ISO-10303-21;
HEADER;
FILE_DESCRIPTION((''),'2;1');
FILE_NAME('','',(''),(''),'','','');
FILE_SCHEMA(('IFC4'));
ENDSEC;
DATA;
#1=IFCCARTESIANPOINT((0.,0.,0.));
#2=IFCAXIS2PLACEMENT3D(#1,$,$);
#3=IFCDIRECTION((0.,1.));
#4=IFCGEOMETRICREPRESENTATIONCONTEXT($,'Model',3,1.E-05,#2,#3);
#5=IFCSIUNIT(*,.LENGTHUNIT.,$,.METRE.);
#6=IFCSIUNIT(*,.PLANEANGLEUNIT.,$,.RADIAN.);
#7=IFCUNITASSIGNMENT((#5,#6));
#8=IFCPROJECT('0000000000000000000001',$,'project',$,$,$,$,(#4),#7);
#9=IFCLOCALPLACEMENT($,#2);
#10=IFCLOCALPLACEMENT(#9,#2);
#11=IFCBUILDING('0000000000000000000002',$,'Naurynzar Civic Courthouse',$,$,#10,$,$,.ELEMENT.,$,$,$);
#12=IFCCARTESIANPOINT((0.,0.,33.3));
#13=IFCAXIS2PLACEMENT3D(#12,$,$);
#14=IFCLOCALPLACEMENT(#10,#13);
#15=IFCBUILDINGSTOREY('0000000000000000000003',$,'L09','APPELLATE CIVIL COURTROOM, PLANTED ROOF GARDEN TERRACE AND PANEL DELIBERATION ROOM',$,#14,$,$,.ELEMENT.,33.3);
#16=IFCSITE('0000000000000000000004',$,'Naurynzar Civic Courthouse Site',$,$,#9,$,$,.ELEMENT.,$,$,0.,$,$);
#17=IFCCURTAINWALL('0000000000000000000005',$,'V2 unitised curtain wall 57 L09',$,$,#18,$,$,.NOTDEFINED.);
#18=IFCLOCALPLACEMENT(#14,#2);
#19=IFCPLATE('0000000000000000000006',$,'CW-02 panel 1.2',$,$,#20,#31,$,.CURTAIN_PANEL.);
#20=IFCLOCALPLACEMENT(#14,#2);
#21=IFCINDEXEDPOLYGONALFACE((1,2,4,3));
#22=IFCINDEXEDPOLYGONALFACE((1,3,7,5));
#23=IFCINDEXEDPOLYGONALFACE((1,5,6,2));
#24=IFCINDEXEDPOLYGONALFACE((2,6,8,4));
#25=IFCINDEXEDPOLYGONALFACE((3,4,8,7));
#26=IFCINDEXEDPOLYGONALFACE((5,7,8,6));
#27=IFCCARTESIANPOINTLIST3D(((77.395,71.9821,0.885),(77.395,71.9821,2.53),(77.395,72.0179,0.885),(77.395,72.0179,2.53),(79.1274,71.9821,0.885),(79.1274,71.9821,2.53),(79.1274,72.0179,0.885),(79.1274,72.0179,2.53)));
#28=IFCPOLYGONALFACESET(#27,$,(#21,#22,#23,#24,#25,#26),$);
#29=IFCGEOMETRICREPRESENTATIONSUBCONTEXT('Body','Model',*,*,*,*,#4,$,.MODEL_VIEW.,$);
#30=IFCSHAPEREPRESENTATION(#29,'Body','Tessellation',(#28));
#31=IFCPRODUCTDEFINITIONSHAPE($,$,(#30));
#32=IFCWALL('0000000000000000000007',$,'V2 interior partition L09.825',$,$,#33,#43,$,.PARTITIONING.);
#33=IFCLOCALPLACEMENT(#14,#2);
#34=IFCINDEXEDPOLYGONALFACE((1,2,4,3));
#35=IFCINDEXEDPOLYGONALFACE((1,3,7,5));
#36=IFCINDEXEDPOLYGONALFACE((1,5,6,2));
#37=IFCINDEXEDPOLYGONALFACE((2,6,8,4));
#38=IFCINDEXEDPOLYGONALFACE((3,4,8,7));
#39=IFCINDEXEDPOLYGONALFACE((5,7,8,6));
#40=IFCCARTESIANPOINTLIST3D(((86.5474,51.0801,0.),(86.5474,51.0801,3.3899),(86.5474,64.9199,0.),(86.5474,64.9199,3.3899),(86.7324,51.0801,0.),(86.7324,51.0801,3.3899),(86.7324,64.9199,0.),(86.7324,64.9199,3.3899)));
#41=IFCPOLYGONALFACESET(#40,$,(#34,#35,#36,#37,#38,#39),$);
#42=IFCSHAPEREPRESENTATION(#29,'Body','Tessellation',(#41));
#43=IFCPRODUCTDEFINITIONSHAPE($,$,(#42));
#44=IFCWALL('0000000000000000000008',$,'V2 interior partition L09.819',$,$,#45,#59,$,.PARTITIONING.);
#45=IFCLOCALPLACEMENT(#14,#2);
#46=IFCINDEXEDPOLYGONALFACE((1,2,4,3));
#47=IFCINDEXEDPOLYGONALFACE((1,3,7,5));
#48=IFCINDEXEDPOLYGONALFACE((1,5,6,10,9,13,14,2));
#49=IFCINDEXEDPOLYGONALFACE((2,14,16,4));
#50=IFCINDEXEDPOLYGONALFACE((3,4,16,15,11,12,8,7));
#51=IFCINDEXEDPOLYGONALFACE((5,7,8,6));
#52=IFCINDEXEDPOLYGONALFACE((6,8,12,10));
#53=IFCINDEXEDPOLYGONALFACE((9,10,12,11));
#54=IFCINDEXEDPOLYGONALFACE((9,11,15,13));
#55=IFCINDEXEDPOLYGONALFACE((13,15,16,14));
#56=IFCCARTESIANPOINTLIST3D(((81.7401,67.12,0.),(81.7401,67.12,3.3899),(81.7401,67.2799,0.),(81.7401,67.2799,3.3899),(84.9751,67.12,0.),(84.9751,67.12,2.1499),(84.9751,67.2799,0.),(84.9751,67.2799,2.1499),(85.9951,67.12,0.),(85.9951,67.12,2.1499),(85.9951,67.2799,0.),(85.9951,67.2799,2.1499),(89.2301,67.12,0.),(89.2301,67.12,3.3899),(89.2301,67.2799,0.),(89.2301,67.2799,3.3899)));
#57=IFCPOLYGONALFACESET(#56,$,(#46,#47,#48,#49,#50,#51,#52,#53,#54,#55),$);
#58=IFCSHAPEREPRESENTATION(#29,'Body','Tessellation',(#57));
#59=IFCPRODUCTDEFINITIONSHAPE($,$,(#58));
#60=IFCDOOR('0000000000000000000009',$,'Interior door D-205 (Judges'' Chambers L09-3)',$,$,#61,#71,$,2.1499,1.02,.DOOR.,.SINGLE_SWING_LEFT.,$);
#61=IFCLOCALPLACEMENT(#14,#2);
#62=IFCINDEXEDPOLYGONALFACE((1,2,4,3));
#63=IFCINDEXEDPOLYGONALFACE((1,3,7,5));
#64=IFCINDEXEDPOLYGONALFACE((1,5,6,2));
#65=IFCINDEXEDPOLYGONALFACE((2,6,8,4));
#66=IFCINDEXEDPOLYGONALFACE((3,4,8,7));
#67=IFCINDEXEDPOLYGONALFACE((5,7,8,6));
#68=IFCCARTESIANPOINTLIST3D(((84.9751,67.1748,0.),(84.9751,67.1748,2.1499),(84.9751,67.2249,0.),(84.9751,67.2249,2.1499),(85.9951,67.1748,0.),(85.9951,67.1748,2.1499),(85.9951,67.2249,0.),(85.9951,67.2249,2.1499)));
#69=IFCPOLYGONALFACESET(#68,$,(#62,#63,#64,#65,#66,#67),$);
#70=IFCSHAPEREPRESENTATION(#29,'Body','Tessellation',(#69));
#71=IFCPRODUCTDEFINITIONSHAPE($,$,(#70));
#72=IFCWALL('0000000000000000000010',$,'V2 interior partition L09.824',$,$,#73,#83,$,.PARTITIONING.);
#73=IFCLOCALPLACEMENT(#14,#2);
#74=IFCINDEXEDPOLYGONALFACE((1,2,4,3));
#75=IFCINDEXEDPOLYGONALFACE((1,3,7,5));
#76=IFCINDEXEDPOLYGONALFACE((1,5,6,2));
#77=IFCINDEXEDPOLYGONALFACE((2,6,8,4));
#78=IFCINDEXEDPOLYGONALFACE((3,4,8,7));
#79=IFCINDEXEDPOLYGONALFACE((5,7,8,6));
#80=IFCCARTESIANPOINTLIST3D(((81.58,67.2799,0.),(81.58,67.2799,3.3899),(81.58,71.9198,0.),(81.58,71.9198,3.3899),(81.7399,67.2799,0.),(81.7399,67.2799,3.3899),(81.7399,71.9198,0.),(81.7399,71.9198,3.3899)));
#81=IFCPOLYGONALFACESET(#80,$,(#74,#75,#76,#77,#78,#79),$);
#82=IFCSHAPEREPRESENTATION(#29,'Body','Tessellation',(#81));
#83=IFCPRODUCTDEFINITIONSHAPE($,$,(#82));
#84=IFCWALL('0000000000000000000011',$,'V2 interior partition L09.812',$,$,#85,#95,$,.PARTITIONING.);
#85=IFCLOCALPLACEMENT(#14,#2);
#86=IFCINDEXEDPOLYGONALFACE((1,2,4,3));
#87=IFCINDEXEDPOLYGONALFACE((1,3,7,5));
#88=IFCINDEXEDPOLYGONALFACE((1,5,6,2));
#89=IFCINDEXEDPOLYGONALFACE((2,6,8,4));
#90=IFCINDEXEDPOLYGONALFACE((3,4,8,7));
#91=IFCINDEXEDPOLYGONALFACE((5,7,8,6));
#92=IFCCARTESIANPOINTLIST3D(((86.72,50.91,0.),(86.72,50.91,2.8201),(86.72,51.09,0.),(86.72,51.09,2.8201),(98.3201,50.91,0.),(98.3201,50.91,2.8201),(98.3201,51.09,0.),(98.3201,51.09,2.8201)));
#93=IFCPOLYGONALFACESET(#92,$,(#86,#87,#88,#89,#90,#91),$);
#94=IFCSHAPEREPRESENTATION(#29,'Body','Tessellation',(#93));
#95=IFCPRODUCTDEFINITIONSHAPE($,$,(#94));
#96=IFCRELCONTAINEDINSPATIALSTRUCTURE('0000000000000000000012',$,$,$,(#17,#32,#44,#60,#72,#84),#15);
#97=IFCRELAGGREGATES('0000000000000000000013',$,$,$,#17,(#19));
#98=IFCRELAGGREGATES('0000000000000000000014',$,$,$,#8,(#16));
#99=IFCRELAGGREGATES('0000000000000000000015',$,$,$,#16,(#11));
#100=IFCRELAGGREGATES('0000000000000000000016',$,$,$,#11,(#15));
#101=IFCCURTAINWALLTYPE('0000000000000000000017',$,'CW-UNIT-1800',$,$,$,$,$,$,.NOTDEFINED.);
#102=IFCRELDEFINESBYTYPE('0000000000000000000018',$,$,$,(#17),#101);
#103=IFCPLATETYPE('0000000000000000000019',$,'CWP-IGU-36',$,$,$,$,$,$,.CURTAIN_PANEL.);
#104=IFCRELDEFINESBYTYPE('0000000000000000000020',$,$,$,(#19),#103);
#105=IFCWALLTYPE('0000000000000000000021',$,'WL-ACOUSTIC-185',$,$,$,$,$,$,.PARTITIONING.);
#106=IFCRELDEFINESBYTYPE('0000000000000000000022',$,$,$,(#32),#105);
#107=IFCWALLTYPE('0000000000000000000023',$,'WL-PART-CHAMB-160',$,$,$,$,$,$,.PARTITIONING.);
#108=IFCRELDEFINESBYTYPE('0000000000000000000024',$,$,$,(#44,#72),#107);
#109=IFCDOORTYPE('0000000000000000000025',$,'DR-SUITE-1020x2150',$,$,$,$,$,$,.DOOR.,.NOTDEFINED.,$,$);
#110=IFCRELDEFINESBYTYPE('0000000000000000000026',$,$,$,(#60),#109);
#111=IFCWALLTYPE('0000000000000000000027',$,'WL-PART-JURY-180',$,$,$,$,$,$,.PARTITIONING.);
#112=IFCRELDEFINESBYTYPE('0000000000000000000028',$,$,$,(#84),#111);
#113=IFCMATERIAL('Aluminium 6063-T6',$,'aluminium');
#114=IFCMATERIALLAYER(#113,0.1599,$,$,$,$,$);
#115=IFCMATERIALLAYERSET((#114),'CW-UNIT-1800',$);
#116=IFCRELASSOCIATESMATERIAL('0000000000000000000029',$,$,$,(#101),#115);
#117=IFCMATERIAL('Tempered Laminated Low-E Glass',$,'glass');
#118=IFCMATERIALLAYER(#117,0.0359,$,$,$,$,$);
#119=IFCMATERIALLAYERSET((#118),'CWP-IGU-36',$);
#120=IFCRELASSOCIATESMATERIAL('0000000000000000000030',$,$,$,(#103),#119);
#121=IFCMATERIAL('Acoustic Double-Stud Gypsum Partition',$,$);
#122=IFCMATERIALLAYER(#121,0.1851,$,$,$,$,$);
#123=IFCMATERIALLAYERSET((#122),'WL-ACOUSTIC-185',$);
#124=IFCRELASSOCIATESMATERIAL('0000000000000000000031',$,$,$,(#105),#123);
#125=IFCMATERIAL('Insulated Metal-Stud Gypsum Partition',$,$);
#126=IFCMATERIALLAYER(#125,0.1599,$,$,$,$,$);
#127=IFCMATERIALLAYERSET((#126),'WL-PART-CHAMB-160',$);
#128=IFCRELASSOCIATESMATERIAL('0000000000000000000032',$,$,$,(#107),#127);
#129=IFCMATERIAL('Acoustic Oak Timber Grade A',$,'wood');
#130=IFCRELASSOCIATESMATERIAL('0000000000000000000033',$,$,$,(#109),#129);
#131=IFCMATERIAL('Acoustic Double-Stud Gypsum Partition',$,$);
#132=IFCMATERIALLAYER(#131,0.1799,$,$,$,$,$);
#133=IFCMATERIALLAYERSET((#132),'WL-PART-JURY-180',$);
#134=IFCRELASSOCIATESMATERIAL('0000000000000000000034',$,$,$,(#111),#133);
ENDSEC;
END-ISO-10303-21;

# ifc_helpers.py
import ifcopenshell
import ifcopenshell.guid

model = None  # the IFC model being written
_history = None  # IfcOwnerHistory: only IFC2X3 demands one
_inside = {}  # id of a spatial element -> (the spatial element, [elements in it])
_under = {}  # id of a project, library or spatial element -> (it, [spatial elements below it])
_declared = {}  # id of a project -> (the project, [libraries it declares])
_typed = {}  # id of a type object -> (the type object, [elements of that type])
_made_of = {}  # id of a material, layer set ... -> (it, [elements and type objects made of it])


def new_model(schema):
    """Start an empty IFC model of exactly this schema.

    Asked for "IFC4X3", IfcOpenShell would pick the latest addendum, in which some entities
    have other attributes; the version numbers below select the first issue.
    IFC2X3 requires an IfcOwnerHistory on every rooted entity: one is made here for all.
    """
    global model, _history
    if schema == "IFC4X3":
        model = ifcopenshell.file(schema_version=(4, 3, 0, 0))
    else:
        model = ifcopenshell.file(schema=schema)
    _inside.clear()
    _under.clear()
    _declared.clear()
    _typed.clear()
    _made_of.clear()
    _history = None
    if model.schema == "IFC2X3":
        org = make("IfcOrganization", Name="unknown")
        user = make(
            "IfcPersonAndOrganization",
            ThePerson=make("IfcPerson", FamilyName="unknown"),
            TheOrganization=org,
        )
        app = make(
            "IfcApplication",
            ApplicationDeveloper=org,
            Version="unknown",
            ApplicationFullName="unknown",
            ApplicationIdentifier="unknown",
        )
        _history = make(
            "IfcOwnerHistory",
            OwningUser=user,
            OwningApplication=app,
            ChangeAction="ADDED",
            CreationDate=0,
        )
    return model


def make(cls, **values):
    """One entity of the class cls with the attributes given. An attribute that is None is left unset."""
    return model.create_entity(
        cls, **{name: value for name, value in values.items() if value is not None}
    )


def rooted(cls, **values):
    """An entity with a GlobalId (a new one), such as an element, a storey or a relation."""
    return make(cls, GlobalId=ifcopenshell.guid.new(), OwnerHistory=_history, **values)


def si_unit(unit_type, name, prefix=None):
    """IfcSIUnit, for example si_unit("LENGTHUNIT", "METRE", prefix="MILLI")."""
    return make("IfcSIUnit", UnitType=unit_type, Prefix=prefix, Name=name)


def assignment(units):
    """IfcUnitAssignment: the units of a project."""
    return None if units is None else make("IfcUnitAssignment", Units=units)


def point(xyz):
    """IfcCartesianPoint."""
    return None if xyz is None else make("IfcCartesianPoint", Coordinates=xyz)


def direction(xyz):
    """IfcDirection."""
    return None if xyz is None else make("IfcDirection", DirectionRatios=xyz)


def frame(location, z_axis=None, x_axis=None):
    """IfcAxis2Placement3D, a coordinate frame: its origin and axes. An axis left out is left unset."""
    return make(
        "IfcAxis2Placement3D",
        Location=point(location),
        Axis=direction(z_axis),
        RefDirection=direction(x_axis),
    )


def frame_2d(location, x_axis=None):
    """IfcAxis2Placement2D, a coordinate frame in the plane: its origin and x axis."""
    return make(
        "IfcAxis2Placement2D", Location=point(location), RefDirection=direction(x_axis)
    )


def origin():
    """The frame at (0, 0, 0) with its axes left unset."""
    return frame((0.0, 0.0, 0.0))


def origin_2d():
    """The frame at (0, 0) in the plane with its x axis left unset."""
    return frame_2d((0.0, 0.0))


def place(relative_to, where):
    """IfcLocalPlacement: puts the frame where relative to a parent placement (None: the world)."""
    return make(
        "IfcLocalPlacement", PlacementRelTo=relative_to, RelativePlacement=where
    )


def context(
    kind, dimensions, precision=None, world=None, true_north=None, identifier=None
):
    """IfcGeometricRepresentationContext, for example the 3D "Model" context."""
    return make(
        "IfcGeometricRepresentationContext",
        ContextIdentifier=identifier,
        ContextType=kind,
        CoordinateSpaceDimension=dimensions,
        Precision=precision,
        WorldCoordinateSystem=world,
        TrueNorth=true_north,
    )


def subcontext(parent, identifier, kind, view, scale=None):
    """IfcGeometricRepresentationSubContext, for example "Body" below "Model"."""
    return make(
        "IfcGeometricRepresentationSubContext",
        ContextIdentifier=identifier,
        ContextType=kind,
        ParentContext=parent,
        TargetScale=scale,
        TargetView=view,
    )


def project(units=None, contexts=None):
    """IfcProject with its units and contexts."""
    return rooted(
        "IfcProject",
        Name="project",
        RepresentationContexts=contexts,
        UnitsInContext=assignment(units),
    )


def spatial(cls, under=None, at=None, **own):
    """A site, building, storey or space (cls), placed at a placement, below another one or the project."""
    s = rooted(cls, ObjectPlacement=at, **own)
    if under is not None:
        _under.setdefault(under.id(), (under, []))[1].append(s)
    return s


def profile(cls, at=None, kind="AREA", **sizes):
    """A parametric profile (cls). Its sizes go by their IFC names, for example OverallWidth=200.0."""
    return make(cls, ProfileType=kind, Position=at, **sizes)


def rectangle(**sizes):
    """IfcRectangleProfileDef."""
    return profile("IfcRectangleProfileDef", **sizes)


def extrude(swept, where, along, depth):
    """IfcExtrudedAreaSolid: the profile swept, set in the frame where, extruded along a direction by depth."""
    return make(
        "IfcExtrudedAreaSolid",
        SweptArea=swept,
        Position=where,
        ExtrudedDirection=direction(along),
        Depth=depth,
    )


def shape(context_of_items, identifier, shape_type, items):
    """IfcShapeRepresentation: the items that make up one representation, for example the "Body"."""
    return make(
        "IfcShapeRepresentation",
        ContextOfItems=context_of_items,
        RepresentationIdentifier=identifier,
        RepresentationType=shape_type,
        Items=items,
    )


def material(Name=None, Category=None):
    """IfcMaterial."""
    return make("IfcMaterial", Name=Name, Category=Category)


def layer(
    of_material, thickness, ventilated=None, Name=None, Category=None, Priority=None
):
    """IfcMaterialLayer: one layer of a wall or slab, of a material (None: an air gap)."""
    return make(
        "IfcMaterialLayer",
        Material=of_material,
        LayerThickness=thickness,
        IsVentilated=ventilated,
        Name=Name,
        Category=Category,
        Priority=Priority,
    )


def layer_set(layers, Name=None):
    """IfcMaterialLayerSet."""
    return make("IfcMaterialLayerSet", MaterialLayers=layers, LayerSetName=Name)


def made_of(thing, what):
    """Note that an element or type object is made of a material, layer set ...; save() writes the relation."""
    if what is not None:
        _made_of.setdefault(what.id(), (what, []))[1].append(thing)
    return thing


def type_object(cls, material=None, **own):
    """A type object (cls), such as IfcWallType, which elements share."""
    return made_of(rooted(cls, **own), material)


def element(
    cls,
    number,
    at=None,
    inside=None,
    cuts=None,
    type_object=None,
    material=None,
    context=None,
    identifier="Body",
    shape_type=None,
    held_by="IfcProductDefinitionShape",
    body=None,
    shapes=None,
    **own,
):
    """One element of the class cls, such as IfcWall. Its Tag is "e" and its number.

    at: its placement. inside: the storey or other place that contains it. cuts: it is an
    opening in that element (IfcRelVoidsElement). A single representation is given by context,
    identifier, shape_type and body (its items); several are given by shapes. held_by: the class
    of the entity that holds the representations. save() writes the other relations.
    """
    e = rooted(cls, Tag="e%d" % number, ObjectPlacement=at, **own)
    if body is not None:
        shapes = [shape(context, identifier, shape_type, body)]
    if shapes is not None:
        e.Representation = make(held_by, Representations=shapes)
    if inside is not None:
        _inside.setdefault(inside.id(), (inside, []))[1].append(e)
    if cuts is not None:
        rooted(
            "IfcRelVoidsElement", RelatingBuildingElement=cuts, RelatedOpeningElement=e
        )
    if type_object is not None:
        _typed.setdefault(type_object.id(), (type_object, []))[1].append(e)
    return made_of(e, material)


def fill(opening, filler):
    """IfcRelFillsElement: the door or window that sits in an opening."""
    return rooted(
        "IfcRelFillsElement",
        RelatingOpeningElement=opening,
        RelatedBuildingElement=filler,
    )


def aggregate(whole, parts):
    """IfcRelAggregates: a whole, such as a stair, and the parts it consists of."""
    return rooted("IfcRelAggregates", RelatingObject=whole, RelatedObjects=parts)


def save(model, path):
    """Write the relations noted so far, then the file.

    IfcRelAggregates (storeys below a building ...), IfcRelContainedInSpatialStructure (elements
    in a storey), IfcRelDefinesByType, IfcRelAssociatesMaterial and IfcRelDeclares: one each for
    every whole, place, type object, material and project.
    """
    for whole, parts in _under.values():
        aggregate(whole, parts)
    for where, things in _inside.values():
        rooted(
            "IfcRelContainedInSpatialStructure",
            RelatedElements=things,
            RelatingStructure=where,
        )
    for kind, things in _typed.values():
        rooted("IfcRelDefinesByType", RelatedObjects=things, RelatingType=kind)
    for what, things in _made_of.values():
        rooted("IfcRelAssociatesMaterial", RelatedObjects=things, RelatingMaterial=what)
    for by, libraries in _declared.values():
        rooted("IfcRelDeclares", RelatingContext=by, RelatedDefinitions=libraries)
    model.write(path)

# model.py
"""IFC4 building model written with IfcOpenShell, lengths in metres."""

from ifc_helpers import new_model, si_unit, direction, frame, frame_2d, origin, origin_2d, place, context, subcontext, project, spatial, rectangle, extrude, material, layer, layer_set, type_object, element, fill, aggregate, save


model = new_model("IFC4")

# Units and contexts
model_context = context("Model", 3, precision=1e-05, world=origin(), true_north=direction((0.0, 1.0)))
body_context = subcontext(model_context, "Body", "Model", "MODEL_VIEW")
ifc_project = project(units=[si_unit("LENGTHUNIT", "METRE"), si_unit("PLANEANGLEUNIT", "RADIAN")], contexts=[model_context])

# Site, building, storey
site_placement = place(None, origin())
site = spatial("IfcSite", under=ifc_project, at=site_placement, Name="Naurynzar Civic Courthouse Site", CompositionType="ELEMENT", RefElevation=0.0)
building_placement = place(site_placement, origin())
building = spatial("IfcBuilding", under=site, at=building_placement, Name="Naurynzar Civic Courthouse", CompositionType="ELEMENT")
storey_placement = place(building_placement, frame((0.0, 0.0, 33.3)))
storey = spatial("IfcBuildingStorey", under=building, at=storey_placement, Name="L09", Description="APPELLATE CIVIL COURTROOM, PLANTED ROOF GARDEN TERRACE AND PANEL DELIBERATION ROOM", CompositionType="ELEMENT", Elevation=33.3)

# Curtain wall, plate
ifc_material_1 = material(Name="Aluminium 6063-T6", Category="aluminium")
ifc_layer_1 = layer(ifc_material_1, 0.1599)
ifc_layer_set_1 = layer_set([ifc_layer_1], Name="CW-UNIT-1800")
curtain_wall_type = type_object("IfcCurtainWallType", Name="CW-UNIT-1800", PredefinedType="NOTDEFINED", material=ifc_layer_set_1)
curtain_wall_placement = place(storey_placement, origin())
curtain_wall = element("IfcCurtainWall", 1, at=curtain_wall_placement, inside=storey, type_object=curtain_wall_type, Name="V2 unitised curtain wall 57 L09", PredefinedType="NOTDEFINED")
ifc_material_2 = material(Name="Tempered Laminated Low-E Glass", Category="glass")
ifc_layer_2 = layer(ifc_material_2, 0.0359)
ifc_layer_set_2 = layer_set([ifc_layer_2], Name="CWP-IGU-36")
plate_type = type_object("IfcPlateType", Name="CWP-IGU-36", PredefinedType="CURTAIN_PANEL", material=ifc_layer_set_2)
plate_placement = place(storey_placement, frame((78.2612, 72.0, 0.885), z_axis=(0.0, 0.0, 1.0), x_axis=(1.0, 0.0, 0.0)))
plate = element("IfcPlate", 2, at=plate_placement, type_object=plate_type, Name="CW-02 panel 1.2", PredefinedType="CURTAIN_PANEL", context=body_context, shape_type="SweptSolid", body=[
    extrude(rectangle(XDim=1.7324, YDim=0.0359, at=origin_2d()), origin(), (0.0, 0.0, 1.0), 1.645),
])
aggregate(curtain_wall, [plate])

# Wall
ifc_material_3 = material(Name="Acoustic Double-Stud Gypsum Partition")
ifc_layer_3 = layer(ifc_material_3, 0.1851)
ifc_layer_set_3 = layer_set([ifc_layer_3], Name="WL-ACOUSTIC-185")
wall_type_1 = type_object("IfcWallType", Name="WL-ACOUSTIC-185", PredefinedType="PARTITIONING", material=ifc_layer_set_3)
wall_1_placement = place(storey_placement, frame((86.6399, 51.0801, 0.0), z_axis=(0.0, 0.0, 1.0), x_axis=(0.0, 1.0, 0.0)))
element("IfcWall", 3, at=wall_1_placement, inside=storey, type_object=wall_type_1, Name="V2 interior partition L09.825", PredefinedType="PARTITIONING", context=body_context, shape_type="SweptSolid", body=[
    extrude(rectangle(XDim=13.8398, YDim=0.1851, at=frame_2d((6.9199, 0.0))), origin(), (0.0, 0.0, 1.0), 3.3899),
])

# Wall, opening, door
ifc_material_4 = material(Name="Insulated Metal-Stud Gypsum Partition")
ifc_layer_4 = layer(ifc_material_4, 0.1599)
ifc_layer_set_4 = layer_set([ifc_layer_4], Name="WL-PART-CHAMB-160")
wall_type_2 = type_object("IfcWallType", Name="WL-PART-CHAMB-160", PredefinedType="PARTITIONING", material=ifc_layer_set_4)
wall_2_placement = place(storey_placement, frame((81.74, 67.2, 0.0), z_axis=(0.0, 0.0, 1.0), x_axis=(1.0, 0.0, 0.0)))
wall_2 = element("IfcWall", 4, at=wall_2_placement, inside=storey, type_object=wall_type_2, Name="V2 interior partition L09.819", PredefinedType="PARTITIONING", context=body_context, shape_type="SweptSolid", body=[
    extrude(rectangle(XDim=7.49, YDim=0.1599, at=frame_2d((3.7451, 0.0))), origin(), (0.0, 0.0, 1.0), 3.3899),
])
opening_placement = place(wall_2_placement, frame((3.2351, 0.0, 0.0)))
opening = element("IfcOpeningElement", 5, at=opening_placement, cuts=wall_2, PredefinedType="OPENING", context=body_context, shape_type="SweptSolid", body=[
    extrude(rectangle(XDim=1.02, YDim=2.1499, at=frame_2d((0.51, 1.075))), frame((0.0, 0.0898, 0.0), z_axis=(0.0, -1.0, 0.0), x_axis=(1.0, 0.0, 0.0)), (0.0, 0.0, 1.0), 0.1799),
])
ifc_material_5 = material(Name="Acoustic Oak Timber Grade A", Category="wood")
door_type = type_object("IfcDoorType", Name="DR-SUITE-1020x2150", OperationType="NOTDEFINED", PredefinedType="DOOR", material=ifc_material_5)
door_placement = place(opening_placement, origin())
door = element("IfcDoor", 6, at=door_placement, inside=storey, type_object=door_type, Name="Interior door D-205 (Judges' Chambers L09-3)", OperationType="SINGLE_SWING_LEFT", OverallHeight=2.1499, OverallWidth=1.02, PredefinedType="DOOR", context=body_context, shape_type="SweptSolid", body=[
    extrude(rectangle(XDim=1.02, YDim=2.1499, at=frame_2d((0.51, 1.075))), frame((0.0, 0.0249, 0.0), z_axis=(0.0, -1.0, 0.0), x_axis=(1.0, 0.0, 0.0)), (0.0, 0.0, 1.0), 0.05),
])
fill(opening, door)

# Walls
wall_3_placement = place(storey_placement, frame((81.6599, 67.28, 0.0), z_axis=(0.0, 0.0, 1.0), x_axis=(0.0, 1.0, 0.0)))
element("IfcWall", 7, at=wall_3_placement, inside=storey, type_object=wall_type_2, Name="V2 interior partition L09.824", PredefinedType="PARTITIONING", context=body_context, shape_type="SweptSolid", body=[
    extrude(rectangle(XDim=4.6399, YDim=0.1599, at=frame_2d((2.3198, 0.0))), origin(), (0.0, 0.0, 1.0), 3.3899),
])
ifc_material_6 = material(Name="Acoustic Double-Stud Gypsum Partition")
ifc_layer_5 = layer(ifc_material_6, 0.1799)
ifc_layer_set_5 = layer_set([ifc_layer_5], Name="WL-PART-JURY-180")
wall_type_3 = type_object("IfcWallType", Name="WL-PART-JURY-180", PredefinedType="PARTITIONING", material=ifc_layer_set_5)
wall_4_placement = place(storey_placement, frame((86.72, 51.0, 0.0), z_axis=(0.0, 0.0, 1.0), x_axis=(1.0, 0.0, 0.0)))
element("IfcWall", 8, at=wall_4_placement, inside=storey, type_object=wall_type_3, Name="V2 interior partition L09.812", PredefinedType="PARTITIONING", context=body_context, shape_type="SweptSolid", body=[
    extrude(rectangle(XDim=11.6001, YDim=0.1799, at=frame_2d((5.8, 0.0))), origin(), (0.0, 0.0, 1.0), 2.8201),
])

save(model, "model.ifc")
